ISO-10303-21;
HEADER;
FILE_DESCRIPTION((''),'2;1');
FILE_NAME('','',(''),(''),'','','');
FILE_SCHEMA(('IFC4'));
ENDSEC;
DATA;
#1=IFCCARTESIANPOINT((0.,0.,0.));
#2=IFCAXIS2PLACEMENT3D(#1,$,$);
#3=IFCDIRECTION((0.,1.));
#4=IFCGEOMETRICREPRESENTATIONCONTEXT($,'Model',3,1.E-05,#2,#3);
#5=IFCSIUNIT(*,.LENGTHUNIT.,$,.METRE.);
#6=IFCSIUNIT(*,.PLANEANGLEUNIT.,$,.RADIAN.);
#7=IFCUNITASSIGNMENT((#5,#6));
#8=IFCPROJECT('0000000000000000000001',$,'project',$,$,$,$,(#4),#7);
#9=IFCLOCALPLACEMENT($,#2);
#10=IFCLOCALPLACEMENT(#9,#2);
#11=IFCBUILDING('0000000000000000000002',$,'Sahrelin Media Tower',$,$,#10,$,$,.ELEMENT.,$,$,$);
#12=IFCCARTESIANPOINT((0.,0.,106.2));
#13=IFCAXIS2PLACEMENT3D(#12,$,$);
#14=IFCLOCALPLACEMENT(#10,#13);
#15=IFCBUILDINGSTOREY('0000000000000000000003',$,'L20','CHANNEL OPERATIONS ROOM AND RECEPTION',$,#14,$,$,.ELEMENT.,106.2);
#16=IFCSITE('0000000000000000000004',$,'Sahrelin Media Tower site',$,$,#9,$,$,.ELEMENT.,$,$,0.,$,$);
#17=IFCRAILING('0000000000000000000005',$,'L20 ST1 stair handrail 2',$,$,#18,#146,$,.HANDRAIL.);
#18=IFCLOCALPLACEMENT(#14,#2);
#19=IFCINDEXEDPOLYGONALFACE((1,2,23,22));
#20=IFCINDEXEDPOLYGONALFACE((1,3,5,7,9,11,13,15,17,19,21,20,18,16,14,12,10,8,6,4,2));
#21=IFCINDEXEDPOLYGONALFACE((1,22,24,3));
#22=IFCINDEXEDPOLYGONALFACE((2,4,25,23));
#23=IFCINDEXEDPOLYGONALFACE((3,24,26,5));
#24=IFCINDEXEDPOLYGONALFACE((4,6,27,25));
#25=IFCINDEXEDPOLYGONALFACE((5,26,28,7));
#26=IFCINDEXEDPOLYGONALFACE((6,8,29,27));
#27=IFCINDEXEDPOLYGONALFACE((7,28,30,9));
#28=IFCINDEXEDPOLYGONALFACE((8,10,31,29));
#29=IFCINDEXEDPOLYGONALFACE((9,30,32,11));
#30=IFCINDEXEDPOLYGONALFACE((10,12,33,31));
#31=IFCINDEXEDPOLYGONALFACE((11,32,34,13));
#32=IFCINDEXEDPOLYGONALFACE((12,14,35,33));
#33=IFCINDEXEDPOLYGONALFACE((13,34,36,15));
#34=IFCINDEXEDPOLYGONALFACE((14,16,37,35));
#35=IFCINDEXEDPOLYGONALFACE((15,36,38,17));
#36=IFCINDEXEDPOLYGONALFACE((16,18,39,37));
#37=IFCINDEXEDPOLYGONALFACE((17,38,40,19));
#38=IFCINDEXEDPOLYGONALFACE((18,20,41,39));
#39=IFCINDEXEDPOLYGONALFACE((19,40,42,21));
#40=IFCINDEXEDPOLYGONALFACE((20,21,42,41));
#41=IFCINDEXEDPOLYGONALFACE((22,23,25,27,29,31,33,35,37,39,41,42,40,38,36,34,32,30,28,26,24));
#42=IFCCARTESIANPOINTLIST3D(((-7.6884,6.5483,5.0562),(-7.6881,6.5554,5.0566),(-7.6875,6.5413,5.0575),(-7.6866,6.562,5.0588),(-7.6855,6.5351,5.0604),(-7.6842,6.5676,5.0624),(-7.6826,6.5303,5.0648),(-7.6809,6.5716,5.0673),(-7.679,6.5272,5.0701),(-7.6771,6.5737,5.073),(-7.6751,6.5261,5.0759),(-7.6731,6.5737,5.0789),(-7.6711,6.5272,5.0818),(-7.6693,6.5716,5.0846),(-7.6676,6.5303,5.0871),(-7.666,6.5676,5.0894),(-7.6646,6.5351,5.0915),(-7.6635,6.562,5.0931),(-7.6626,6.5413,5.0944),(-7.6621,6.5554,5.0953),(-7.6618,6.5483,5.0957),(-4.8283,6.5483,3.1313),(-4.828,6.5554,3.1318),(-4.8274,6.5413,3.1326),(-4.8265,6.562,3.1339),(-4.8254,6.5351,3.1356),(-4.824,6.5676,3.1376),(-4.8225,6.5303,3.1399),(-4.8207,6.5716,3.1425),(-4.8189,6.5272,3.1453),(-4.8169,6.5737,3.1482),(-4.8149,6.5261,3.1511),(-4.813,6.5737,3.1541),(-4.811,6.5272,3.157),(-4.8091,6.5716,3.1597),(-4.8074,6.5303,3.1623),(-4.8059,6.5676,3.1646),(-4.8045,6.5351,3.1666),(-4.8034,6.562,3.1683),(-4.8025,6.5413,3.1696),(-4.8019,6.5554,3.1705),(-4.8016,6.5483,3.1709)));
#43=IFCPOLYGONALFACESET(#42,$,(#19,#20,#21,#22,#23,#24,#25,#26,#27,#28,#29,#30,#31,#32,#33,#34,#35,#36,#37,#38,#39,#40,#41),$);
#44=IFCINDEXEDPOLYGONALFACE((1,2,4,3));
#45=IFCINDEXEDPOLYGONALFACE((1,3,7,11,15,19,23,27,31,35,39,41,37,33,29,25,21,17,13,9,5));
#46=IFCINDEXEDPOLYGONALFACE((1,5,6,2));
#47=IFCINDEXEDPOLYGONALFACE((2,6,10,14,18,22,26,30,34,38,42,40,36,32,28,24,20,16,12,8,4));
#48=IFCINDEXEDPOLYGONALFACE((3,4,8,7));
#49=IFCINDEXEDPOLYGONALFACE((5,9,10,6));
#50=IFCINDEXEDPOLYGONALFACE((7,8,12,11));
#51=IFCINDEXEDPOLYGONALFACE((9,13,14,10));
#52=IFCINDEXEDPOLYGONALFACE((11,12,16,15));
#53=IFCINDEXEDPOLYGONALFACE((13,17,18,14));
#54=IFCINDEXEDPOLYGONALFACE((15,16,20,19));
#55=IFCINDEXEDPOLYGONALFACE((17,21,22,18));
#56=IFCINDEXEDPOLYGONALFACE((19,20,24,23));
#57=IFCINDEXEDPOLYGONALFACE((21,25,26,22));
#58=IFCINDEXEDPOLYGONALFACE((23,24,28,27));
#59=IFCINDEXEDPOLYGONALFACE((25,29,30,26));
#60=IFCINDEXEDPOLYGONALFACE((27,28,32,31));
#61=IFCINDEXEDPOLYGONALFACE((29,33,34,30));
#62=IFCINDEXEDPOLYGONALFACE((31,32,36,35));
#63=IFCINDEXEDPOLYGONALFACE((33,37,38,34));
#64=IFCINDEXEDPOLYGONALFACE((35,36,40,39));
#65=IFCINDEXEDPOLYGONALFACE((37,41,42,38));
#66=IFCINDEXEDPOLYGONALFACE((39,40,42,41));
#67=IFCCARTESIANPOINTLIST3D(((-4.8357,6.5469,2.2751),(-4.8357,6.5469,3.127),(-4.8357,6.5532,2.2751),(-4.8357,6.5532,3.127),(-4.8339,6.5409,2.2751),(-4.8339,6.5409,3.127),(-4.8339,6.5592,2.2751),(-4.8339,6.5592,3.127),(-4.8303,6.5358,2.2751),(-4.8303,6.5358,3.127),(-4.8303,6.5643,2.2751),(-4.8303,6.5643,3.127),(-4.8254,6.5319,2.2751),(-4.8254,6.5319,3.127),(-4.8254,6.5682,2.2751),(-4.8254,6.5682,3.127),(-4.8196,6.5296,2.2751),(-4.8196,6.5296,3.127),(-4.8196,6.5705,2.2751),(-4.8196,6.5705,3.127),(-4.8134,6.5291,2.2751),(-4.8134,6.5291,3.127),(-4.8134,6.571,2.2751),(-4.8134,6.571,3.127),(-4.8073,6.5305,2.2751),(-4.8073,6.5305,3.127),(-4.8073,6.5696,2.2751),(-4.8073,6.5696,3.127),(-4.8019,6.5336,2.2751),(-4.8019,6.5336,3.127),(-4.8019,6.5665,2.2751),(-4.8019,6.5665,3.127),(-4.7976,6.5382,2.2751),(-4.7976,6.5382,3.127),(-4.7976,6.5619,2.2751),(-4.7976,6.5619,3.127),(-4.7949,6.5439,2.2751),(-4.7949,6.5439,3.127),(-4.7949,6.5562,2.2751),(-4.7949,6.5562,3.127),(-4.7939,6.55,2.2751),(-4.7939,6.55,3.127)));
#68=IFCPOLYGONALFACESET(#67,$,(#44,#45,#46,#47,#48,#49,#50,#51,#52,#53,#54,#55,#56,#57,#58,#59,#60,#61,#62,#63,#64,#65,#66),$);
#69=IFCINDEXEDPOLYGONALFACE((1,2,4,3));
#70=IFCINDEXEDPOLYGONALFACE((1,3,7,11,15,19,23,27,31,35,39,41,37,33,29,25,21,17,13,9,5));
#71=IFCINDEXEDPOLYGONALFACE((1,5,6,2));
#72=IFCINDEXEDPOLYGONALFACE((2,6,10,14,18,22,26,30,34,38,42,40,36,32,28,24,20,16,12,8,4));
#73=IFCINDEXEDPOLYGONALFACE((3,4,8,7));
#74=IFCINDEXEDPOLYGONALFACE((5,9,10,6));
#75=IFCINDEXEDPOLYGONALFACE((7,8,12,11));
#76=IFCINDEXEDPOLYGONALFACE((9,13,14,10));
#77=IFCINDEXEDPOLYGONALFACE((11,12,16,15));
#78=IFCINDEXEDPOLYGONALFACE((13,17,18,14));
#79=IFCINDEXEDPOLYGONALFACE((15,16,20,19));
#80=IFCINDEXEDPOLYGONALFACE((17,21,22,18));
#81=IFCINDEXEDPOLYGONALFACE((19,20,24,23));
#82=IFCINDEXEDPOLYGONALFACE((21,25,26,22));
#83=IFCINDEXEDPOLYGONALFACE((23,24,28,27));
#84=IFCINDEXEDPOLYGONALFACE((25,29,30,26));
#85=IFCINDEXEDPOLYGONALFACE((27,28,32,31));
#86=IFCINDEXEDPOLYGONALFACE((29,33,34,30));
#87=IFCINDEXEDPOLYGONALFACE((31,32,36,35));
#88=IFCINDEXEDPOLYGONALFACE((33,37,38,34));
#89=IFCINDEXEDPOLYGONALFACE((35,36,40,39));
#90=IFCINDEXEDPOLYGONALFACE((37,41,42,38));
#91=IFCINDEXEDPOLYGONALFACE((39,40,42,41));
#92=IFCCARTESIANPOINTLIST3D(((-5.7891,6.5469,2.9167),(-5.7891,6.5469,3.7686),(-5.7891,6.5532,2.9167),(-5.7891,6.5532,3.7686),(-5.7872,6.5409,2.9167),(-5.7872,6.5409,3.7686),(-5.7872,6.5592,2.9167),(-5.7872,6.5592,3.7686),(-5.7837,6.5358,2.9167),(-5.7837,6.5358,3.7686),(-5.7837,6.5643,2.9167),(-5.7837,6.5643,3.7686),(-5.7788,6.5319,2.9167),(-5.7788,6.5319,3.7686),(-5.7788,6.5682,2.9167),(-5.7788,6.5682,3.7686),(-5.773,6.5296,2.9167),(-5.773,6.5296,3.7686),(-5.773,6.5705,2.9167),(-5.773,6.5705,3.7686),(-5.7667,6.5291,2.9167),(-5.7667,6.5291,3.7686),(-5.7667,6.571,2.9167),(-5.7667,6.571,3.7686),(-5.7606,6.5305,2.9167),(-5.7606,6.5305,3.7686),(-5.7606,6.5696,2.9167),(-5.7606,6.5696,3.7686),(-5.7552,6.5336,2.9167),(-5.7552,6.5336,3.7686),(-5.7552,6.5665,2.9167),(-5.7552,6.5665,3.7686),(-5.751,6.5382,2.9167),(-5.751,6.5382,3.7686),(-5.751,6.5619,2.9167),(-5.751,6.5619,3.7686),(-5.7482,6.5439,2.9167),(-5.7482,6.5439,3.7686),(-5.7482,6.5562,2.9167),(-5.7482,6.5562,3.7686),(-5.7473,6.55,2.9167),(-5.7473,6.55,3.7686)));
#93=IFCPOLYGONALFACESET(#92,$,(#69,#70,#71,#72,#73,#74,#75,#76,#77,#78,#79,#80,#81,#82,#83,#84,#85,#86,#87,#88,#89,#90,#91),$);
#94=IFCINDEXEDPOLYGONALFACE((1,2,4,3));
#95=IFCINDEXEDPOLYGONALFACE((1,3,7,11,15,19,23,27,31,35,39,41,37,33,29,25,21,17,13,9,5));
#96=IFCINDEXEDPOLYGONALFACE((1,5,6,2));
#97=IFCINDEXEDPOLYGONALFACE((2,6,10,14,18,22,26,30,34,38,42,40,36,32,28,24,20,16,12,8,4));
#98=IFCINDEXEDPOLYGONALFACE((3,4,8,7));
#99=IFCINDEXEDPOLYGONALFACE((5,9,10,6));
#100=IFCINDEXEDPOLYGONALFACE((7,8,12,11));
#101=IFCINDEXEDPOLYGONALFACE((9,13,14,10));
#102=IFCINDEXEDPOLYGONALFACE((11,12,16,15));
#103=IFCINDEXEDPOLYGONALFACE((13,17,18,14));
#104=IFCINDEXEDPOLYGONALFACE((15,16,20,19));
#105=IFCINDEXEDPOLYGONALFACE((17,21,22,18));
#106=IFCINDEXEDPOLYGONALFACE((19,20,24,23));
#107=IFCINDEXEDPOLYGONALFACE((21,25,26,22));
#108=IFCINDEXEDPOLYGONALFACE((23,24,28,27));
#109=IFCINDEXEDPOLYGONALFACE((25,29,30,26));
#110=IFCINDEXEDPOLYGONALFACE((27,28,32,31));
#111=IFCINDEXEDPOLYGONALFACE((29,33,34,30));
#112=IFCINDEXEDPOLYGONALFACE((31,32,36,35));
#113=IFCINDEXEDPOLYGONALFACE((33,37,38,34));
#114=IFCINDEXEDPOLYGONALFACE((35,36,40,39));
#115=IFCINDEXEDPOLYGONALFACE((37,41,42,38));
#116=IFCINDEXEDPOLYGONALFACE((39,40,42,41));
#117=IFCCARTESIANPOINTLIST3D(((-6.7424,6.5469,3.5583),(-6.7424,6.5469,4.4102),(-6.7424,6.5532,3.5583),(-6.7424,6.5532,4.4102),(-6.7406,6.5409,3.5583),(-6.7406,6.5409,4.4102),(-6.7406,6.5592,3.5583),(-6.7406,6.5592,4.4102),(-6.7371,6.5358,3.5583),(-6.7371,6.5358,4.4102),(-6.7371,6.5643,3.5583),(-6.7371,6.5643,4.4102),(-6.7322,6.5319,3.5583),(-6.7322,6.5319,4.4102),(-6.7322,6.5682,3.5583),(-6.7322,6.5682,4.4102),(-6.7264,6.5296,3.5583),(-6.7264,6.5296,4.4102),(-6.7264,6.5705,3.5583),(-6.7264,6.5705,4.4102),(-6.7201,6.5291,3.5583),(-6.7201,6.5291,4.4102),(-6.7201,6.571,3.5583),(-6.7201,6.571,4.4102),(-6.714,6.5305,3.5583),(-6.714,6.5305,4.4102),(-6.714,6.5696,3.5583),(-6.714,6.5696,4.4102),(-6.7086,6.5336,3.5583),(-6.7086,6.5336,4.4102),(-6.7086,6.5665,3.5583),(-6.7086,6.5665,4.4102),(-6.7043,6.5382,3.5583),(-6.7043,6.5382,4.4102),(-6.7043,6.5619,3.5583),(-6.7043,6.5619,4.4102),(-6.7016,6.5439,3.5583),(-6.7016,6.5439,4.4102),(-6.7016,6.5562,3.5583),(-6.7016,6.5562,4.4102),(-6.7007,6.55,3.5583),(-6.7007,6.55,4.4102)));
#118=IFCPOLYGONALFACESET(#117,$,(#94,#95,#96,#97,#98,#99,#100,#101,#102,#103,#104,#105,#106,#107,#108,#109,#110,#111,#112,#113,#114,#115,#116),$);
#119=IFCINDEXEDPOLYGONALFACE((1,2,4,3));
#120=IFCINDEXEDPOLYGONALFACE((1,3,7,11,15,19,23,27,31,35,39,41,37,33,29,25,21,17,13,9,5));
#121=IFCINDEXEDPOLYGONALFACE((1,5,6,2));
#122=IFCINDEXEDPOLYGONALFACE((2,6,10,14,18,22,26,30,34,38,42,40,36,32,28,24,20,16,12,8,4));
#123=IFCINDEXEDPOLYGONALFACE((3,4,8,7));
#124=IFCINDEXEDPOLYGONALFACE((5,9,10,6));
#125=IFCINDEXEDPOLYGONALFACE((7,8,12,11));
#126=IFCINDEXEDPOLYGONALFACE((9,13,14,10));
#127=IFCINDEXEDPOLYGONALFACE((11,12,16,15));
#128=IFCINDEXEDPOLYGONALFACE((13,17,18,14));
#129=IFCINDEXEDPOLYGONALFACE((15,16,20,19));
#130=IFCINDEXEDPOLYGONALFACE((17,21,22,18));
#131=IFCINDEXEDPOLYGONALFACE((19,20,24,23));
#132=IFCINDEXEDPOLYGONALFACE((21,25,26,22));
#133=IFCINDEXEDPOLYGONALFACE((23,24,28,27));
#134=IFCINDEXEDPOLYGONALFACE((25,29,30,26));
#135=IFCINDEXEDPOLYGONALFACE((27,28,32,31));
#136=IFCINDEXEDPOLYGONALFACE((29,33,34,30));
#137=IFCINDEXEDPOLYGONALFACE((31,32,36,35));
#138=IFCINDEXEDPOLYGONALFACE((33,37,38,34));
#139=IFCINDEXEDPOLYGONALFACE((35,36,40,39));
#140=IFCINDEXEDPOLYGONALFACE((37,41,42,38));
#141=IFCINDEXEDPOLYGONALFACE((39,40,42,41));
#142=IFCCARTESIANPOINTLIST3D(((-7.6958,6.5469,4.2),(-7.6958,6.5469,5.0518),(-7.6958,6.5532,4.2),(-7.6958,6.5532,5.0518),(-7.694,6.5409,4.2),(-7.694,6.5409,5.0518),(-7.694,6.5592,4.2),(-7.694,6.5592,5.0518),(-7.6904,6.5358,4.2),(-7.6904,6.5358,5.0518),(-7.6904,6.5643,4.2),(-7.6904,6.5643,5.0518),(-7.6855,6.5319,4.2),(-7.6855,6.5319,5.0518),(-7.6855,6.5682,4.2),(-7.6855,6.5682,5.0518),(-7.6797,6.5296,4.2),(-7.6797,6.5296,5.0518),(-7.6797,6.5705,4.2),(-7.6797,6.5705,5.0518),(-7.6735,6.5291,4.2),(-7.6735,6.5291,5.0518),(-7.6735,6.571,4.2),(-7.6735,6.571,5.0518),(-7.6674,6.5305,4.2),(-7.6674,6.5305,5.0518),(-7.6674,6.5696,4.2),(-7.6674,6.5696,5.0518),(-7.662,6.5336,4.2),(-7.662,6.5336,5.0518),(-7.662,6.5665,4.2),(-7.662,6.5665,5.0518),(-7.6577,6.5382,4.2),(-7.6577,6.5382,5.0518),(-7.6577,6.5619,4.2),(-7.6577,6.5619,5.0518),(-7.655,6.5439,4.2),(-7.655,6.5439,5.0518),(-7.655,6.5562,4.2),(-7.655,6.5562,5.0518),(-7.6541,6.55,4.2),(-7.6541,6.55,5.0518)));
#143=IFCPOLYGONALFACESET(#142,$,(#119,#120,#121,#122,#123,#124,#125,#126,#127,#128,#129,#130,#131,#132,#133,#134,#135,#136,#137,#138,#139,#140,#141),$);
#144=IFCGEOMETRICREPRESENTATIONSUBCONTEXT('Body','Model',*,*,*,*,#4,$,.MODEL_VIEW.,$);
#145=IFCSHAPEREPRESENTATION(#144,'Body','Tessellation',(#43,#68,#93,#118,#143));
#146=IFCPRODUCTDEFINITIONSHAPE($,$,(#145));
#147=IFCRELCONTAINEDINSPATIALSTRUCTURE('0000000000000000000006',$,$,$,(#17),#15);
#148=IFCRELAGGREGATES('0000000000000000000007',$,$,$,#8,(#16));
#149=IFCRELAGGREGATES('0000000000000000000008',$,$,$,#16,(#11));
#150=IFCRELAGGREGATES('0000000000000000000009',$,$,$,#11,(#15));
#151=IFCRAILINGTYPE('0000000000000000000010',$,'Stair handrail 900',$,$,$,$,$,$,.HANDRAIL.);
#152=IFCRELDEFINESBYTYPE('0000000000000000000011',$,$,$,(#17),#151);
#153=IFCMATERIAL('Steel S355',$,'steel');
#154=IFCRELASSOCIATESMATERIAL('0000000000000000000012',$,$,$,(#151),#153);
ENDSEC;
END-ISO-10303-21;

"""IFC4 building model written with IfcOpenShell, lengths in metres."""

from ifc_helpers import new_model, si_unit, direction, frame, origin, origin_2d, place, context, subcontext, project, spatial, circle, extrude, material, type_object, element, save


model = new_model("IFC4")

# Units and contexts
model_context = context("Model", 3, precision=1e-05, world=origin(), true_north=direction((0.0, 1.0)))
body_context = subcontext(model_context, "Body", "Model", "MODEL_VIEW")
ifc_project = project(units=[si_unit("LENGTHUNIT", "METRE"), si_unit("PLANEANGLEUNIT", "RADIAN")], contexts=[model_context])

# Site, building, storey
site_placement = place(None, origin())
site = spatial("IfcSite", under=ifc_project, at=site_placement, Name="Sahrelin Media Tower site", CompositionType="ELEMENT", RefElevation=0.0)
building_placement = place(site_placement, origin())
building = spatial("IfcBuilding", under=site, at=building_placement, Name="Sahrelin Media Tower", CompositionType="ELEMENT")
storey_placement = place(building_placement, frame((0.0, 0.0, 106.2)))
storey = spatial("IfcBuildingStorey", under=building, at=storey_placement, Name="L20", Description="CHANNEL OPERATIONS ROOM AND RECEPTION", CompositionType="ELEMENT", Elevation=106.2)

# Shared definitions
ifc_material_1 = material(Name="Steel S355", Category="steel")

# Railing
railing_type_1 = type_object("IfcRailingType", Name="Stair handrail 900", PredefinedType="HANDRAIL", material=ifc_material_1)
railing_1_placement = place(storey_placement, frame((-4.8149, 6.55, 2.2751)))
element("IfcRailing", 1, at=railing_1_placement, inside=storey, type_object=railing_type_1, Name="L20 ST1 stair handrail 2", PredefinedType="HANDRAIL", context=body_context, shape_type="SweptSolid", body=[
    extrude(circle(Radius=0.0239, at=origin_2d()), frame((0.0, 0.0, 0.876), z_axis=(-0.829624, 0.0, 0.558323), x_axis=(0.0, -1.0, 0.0)), (0.0, 0.0, 1.0), 3.4475),
    extrude(circle(Radius=0.021, at=origin_2d()), origin(), (0.0, 0.0, 1.0), 0.8518),
    extrude(circle(Radius=0.021, at=origin_2d()), frame((-0.9534, 0.0, 0.6416)), (0.0, 0.0, 1.0), 0.8518),
    extrude(circle(Radius=0.021, at=origin_2d()), frame((-1.9067, 0.0, 1.2832)), (0.0, 0.0, 1.0), 0.8518),
    extrude(circle(Radius=0.021, at=origin_2d()), frame((-2.8601, 0.0, 1.9248)), (0.0, 0.0, 1.0), 0.8518),
])

save(model, "model.ifc")
